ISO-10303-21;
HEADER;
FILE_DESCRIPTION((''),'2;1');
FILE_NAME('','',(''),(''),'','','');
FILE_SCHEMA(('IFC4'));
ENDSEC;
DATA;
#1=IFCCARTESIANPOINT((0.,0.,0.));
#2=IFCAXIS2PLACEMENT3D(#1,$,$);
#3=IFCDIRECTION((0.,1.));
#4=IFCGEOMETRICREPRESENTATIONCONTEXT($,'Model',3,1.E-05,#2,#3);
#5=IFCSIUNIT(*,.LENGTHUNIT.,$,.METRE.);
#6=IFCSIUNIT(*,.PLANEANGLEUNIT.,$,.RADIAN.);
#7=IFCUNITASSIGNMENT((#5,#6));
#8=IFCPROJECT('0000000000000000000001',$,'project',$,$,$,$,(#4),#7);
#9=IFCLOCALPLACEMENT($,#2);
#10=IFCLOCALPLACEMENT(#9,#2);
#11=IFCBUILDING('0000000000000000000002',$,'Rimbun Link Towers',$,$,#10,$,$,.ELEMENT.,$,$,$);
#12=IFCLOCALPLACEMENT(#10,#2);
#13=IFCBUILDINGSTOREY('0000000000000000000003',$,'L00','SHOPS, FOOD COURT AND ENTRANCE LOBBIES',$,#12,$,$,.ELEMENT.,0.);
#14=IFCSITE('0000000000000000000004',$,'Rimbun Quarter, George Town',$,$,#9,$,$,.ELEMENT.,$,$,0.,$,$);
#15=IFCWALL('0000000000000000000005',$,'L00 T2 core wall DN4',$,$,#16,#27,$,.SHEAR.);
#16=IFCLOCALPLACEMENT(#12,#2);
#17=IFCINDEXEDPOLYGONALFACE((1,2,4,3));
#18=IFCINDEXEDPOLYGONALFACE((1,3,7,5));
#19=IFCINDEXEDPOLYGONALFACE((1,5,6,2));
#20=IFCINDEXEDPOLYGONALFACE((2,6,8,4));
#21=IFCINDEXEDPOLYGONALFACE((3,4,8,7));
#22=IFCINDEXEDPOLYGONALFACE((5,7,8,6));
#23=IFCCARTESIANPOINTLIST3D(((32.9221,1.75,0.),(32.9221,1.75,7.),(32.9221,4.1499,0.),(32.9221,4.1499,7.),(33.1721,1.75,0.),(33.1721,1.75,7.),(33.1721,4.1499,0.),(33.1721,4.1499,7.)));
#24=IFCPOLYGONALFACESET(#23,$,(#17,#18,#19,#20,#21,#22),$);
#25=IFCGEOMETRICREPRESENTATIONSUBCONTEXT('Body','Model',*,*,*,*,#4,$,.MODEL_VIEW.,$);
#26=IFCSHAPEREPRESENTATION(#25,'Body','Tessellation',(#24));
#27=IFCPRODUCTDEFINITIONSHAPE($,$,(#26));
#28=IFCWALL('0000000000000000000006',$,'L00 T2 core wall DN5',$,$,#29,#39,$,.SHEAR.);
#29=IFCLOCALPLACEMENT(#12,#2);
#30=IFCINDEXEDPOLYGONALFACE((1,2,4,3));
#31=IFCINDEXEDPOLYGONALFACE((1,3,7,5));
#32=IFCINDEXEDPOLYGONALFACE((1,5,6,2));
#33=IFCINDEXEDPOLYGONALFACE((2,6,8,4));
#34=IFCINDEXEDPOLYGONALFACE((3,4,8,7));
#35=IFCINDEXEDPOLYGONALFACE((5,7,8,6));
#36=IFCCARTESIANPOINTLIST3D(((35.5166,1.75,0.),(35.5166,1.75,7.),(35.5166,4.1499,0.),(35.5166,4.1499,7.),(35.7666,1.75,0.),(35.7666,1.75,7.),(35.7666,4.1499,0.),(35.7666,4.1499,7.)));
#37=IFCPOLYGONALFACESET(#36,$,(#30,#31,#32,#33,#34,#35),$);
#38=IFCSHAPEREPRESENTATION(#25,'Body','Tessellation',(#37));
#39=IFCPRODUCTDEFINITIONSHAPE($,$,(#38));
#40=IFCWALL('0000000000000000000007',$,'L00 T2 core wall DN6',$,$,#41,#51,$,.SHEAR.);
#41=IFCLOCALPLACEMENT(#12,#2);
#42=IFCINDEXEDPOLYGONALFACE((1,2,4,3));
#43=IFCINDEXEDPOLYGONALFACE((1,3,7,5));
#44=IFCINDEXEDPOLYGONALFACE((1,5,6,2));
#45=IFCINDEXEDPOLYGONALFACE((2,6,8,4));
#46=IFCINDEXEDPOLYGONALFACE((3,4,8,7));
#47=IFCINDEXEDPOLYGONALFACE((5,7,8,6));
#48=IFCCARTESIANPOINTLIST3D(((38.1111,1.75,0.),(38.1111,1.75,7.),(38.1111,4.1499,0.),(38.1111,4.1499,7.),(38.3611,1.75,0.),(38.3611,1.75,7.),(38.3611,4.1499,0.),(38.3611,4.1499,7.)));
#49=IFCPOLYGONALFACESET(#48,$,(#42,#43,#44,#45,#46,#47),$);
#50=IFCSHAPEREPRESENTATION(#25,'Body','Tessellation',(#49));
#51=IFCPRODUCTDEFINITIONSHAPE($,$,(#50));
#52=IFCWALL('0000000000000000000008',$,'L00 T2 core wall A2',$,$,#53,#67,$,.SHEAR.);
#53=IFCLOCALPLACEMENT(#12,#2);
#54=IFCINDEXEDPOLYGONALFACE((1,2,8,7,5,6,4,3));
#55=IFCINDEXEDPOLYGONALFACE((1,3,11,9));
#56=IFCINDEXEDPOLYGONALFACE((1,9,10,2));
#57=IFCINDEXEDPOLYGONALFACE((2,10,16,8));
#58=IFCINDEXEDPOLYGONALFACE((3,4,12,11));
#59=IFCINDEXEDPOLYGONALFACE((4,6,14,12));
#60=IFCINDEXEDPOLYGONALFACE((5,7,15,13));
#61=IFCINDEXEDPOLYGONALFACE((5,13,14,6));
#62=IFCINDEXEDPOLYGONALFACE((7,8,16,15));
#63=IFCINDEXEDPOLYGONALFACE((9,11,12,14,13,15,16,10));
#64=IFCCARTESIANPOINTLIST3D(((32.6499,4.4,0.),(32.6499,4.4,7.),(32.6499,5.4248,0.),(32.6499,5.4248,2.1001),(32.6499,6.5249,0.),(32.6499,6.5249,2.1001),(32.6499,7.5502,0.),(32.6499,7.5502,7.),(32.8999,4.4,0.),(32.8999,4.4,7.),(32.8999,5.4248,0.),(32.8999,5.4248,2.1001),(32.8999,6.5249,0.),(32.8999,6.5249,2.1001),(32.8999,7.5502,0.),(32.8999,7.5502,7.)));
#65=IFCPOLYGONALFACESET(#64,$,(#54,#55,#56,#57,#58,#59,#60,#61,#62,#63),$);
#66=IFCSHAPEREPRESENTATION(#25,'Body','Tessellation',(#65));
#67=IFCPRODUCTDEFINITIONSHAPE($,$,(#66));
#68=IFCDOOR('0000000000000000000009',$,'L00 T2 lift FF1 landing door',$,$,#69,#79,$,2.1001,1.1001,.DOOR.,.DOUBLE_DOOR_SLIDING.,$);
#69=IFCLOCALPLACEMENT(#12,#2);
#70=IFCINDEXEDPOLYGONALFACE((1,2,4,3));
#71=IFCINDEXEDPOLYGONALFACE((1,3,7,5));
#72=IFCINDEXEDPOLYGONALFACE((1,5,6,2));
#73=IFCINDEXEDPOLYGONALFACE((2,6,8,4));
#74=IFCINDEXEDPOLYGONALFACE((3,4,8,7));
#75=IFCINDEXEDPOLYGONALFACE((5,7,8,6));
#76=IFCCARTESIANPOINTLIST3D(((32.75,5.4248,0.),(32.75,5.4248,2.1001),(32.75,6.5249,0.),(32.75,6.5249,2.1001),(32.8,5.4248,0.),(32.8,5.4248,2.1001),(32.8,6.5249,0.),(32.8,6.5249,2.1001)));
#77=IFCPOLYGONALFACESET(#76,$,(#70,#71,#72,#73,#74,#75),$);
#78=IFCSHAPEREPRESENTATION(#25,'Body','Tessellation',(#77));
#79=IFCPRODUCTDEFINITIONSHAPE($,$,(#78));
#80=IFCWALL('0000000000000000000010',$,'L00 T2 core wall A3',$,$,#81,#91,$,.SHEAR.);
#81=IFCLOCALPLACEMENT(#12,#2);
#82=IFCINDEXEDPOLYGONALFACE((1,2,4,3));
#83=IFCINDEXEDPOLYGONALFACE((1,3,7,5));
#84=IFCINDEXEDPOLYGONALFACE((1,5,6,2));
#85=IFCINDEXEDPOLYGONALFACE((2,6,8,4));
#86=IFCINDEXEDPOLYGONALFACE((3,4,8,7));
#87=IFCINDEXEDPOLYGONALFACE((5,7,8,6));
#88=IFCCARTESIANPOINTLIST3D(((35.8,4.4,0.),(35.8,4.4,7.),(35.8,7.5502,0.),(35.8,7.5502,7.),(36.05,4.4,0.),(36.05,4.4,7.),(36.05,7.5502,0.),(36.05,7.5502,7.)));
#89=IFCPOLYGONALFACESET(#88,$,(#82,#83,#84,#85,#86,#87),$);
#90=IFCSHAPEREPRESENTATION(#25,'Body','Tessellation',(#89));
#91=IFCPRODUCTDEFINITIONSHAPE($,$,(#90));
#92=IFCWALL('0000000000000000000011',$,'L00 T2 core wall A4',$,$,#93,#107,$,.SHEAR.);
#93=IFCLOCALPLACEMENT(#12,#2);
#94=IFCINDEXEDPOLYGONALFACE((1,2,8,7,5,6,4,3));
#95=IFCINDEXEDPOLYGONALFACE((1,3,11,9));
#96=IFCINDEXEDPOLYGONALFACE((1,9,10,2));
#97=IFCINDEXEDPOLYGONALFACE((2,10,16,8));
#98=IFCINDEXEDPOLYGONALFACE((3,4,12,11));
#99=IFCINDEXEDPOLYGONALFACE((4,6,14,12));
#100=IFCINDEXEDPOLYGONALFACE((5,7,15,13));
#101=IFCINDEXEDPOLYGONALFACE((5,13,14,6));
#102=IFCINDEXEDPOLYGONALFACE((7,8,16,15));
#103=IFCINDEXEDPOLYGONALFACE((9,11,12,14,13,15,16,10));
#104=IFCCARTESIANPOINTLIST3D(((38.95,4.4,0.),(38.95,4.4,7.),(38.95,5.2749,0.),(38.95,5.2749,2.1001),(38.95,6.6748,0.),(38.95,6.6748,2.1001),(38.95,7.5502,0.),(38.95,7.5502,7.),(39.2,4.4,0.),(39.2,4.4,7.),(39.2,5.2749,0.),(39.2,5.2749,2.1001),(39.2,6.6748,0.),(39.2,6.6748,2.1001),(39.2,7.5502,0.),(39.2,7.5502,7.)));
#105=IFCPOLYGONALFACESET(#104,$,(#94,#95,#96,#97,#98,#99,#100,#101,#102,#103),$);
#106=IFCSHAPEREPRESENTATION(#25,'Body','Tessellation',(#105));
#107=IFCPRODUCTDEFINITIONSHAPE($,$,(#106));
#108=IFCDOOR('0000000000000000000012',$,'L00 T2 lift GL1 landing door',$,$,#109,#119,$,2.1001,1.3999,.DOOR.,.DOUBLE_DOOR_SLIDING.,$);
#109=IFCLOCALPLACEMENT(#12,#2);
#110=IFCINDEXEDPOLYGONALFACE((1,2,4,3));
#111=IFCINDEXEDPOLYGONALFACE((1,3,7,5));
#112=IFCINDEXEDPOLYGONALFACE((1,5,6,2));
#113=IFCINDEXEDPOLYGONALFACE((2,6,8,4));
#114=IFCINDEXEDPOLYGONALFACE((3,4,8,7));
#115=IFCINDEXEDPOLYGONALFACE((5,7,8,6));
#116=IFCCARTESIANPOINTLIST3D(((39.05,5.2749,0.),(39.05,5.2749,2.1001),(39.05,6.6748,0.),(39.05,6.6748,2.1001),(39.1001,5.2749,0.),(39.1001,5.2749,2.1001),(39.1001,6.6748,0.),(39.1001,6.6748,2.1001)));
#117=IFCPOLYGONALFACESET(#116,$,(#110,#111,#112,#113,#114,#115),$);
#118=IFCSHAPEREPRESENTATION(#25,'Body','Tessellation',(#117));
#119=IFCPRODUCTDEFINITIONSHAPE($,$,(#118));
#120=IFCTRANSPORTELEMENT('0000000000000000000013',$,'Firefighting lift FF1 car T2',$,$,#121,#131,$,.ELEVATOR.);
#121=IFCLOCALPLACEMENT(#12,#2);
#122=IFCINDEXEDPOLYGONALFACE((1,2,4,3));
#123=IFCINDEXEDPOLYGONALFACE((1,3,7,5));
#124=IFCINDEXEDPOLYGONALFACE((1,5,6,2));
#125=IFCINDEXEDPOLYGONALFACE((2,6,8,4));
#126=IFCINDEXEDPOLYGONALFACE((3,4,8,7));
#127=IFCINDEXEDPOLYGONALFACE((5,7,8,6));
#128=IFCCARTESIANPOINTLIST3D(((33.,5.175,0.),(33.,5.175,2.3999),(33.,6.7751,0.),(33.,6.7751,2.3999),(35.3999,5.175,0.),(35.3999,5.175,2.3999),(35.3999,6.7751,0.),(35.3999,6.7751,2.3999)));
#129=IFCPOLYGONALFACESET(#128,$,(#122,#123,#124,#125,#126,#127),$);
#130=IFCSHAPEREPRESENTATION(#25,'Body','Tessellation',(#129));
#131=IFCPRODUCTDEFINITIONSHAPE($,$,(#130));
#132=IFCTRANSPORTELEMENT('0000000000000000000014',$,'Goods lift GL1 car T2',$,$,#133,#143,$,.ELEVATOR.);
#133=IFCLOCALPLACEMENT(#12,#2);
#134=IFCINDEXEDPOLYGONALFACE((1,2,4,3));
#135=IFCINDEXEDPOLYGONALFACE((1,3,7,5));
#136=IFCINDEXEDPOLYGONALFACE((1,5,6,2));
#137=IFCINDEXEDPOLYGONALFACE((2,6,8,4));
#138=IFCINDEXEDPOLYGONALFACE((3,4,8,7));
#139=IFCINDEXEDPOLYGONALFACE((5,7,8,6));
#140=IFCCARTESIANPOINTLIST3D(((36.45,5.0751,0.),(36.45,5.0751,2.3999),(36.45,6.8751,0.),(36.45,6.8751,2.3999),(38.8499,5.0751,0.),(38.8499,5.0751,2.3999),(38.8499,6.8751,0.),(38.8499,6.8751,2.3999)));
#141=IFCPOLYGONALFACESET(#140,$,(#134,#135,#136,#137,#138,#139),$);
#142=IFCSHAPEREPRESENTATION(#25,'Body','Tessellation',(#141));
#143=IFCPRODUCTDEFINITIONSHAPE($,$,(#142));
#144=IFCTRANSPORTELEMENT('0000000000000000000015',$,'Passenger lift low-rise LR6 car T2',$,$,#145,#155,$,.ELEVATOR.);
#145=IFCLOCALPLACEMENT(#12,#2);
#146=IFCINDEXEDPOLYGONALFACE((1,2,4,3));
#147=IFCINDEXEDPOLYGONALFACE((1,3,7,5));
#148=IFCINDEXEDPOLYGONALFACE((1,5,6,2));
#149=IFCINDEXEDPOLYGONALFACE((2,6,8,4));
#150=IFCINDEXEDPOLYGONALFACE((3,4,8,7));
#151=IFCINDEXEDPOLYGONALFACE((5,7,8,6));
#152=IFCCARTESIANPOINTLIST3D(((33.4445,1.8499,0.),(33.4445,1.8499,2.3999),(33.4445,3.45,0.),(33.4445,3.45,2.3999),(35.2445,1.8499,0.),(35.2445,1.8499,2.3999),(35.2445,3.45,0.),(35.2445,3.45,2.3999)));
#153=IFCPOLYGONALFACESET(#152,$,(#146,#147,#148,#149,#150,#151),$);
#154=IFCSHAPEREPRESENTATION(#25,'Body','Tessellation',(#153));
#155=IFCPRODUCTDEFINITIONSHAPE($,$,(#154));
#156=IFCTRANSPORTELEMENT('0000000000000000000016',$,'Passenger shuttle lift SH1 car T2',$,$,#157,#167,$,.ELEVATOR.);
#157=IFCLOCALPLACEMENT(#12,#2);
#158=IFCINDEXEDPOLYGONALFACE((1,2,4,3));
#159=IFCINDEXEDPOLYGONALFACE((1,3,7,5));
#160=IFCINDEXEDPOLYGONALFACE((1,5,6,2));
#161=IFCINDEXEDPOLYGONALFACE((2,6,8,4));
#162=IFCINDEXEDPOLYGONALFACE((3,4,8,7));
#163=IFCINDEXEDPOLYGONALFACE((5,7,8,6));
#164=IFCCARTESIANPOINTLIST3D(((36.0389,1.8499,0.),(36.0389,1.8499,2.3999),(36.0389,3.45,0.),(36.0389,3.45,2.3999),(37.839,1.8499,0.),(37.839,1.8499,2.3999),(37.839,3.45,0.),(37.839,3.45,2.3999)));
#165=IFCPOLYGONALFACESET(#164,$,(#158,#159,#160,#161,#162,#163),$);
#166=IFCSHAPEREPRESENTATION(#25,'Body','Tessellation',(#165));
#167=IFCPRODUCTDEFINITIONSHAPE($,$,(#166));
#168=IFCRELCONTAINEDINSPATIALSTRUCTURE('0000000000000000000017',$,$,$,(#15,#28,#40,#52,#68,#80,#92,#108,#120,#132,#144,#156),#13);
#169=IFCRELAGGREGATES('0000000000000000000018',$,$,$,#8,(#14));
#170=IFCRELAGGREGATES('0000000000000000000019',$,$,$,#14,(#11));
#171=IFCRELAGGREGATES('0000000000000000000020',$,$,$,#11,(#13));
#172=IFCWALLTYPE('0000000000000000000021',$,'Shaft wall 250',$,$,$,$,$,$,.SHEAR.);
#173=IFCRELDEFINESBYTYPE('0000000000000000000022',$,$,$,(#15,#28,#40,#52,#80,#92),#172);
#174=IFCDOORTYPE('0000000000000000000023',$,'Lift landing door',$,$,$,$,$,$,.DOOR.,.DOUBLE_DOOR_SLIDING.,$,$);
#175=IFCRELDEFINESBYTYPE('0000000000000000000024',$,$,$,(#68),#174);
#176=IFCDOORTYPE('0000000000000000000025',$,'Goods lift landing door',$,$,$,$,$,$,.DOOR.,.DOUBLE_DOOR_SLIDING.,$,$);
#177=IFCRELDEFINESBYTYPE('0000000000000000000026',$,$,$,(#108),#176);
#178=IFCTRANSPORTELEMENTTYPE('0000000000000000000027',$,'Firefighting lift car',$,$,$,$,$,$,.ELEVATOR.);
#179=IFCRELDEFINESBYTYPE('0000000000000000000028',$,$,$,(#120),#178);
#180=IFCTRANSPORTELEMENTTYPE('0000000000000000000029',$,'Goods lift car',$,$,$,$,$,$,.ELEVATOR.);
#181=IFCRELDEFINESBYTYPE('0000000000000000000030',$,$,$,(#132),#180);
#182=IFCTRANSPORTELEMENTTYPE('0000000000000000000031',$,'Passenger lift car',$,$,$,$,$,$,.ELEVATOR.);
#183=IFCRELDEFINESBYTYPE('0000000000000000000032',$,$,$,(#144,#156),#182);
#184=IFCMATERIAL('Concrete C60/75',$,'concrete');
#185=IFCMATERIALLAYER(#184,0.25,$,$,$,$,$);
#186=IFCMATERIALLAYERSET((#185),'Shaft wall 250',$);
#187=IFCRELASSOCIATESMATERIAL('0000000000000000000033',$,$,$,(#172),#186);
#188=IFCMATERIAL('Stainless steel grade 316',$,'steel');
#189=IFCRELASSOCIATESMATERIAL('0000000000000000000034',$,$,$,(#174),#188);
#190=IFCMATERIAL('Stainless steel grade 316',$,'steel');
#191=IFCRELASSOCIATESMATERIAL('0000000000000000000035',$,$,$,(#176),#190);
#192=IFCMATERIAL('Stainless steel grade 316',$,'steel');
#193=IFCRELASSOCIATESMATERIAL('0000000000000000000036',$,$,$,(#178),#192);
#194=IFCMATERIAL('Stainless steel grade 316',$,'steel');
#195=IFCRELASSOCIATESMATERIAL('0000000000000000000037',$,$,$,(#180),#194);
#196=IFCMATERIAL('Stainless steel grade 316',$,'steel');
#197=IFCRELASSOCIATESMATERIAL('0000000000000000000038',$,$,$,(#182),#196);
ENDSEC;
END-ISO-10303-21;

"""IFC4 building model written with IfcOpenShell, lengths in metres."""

from ifc_helpers import new_model, si_unit, direction, frame, frame_2d, origin, origin_2d, place, context, subcontext, project, spatial, rectangle, extrude, material, layer, layer_set, type_object, element, fill, save


model = new_model("IFC4")

# Units and contexts
model_context = context("Model", 3, precision=1e-05, world=origin(), true_north=direction((0.0, 1.0)))
body_context = subcontext(model_context, "Body", "Model", "MODEL_VIEW")
ifc_project = project(units=[si_unit("LENGTHUNIT", "METRE"), si_unit("PLANEANGLEUNIT", "RADIAN")], contexts=[model_context])

# Site, building, storey
site_placement = place(None, origin())
site = spatial("IfcSite", under=ifc_project, at=site_placement, Name="Rimbun Quarter, George Town", CompositionType="ELEMENT", RefElevation=0.0)
building_placement = place(site_placement, origin())
building = spatial("IfcBuilding", under=site, at=building_placement, Name="Rimbun Link Towers", CompositionType="ELEMENT")
storey_placement = place(building_placement, origin())
storey = spatial("IfcBuildingStorey", under=building, at=storey_placement, Name="L00", Description="SHOPS, FOOD COURT AND ENTRANCE LOBBIES", CompositionType="ELEMENT", Elevation=0.0)

# Walls
ifc_material_1 = material(Name="Concrete C60/75", Category="concrete")
ifc_layer_1 = layer(ifc_material_1, 0.25)
ifc_layer_set_1 = layer_set([ifc_layer_1], Name="Shaft wall 250")
wall_type_1 = type_object("IfcWallType", Name="Shaft wall 250", PredefinedType="SHEAR", material=ifc_layer_set_1)
for number, where, z_axis, x_axis, name in (
    (1, (33.0471, 1.75, 0.0), (0.0, 0.0, 1.0), (0.0, 1.0, 0.0), "L00 T2 core wall DN4"),
    (2, (35.6416, 1.75, 0.0), (0.0, 0.0, 1.0), (0.0, 1.0, 0.0), "L00 T2 core wall DN5"),
    (3, (38.2361, 1.75, 0.0), (0.0, 0.0, 1.0), (0.0, 1.0, 0.0), "L00 T2 core wall DN6"),
):
    element("IfcWall", number, at=place(storey_placement, frame(where, z_axis=z_axis, x_axis=x_axis)), inside=storey, type_object=wall_type_1, Name=name, PredefinedType="SHEAR", context=body_context, shape_type="SweptSolid", body=[
        extrude(rectangle(XDim=2.3999, YDim=0.25, at=frame_2d((1.2, 0.0))), origin(), (0.0, 0.0, 1.0), 7.0),
    ])

# Wall, opening, door
wall_1_placement = place(storey_placement, frame((32.7749, 4.3999, 0.0), z_axis=(0.0, 0.0, 1.0), x_axis=(0.0, 1.0, 0.0)))
wall_1 = element("IfcWall", 4, at=wall_1_placement, inside=storey, type_object=wall_type_1, Name="L00 T2 core wall A2", PredefinedType="SHEAR", context=body_context, shape_type="SweptSolid", body=[
    extrude(rectangle(XDim=3.1501, YDim=0.25, at=frame_2d((1.5752, 0.0))), origin(), (0.0, 0.0, 1.0), 7.0),
])
opening_1_placement = place(wall_1_placement, frame((1.0249, 0.0, 0.0)))
opening_1 = element("IfcOpeningElement", 5, at=opening_1_placement, cuts=wall_1, PredefinedType="OPENING", context=body_context, shape_type="SweptSolid", body=[
    extrude(rectangle(XDim=1.1001, YDim=2.1001, at=frame_2d((0.55, 1.05))), frame((0.0, 0.135, 0.0), z_axis=(0.0, -1.0, 0.0), x_axis=(1.0, 0.0, 0.0)), (0.0, 0.0, 1.0), 0.27),
])
ifc_material_2 = material(Name="Stainless steel grade 316", Category="steel")
door_type_1 = type_object("IfcDoorType", Name="Lift landing door", OperationType="DOUBLE_DOOR_SLIDING", PredefinedType="DOOR", material=ifc_material_2)
door_1_placement = place(opening_1_placement, origin())
door_1 = element("IfcDoor", 6, at=door_1_placement, inside=storey, type_object=door_type_1, Name="L00 T2 lift FF1 landing door", OperationType="DOUBLE_DOOR_SLIDING", OverallHeight=2.1001, OverallWidth=1.1001, PredefinedType="DOOR", context=body_context, shape_type="SweptSolid", body=[
    extrude(rectangle(XDim=1.1001, YDim=2.1001, at=frame_2d((0.55, 1.05))), frame((0.0, 0.0249, 0.0), z_axis=(0.0, -1.0, 0.0), x_axis=(1.0, 0.0, 0.0)), (0.0, 0.0, 1.0), 0.05),
])
fill(opening_1, door_1)

# Wall
wall_2_placement = place(storey_placement, frame((35.925, 4.3999, 0.0), z_axis=(0.0, 0.0, 1.0), x_axis=(0.0, 1.0, 0.0)))
element("IfcWall", 7, at=wall_2_placement, inside=storey, type_object=wall_type_1, Name="L00 T2 core wall A3", PredefinedType="SHEAR", context=body_context, shape_type="SweptSolid", body=[
    extrude(rectangle(XDim=3.1501, YDim=0.25, at=frame_2d((1.5752, 0.0))), origin(), (0.0, 0.0, 1.0), 7.0),
])

# Wall, opening, door
wall_3_placement = place(storey_placement, frame((39.075, 4.3999, 0.0), z_axis=(0.0, 0.0, 1.0), x_axis=(0.0, 1.0, 0.0)))
wall_3 = element("IfcWall", 8, at=wall_3_placement, inside=storey, type_object=wall_type_1, Name="L00 T2 core wall A4", PredefinedType="SHEAR", context=body_context, shape_type="SweptSolid", body=[
    extrude(rectangle(XDim=3.1501, YDim=0.25, at=frame_2d((1.5752, 0.0))), origin(), (0.0, 0.0, 1.0), 7.0),
])
opening_2_placement = place(wall_3_placement, frame((0.875, 0.0, 0.0)))
opening_2 = element("IfcOpeningElement", 9, at=opening_2_placement, cuts=wall_3, PredefinedType="OPENING", context=body_context, shape_type="SweptSolid", body=[
    extrude(rectangle(XDim=1.3999, YDim=2.1001, at=frame_2d((0.7, 1.05))), frame((0.0, 0.135, 0.0), z_axis=(0.0, -1.0, 0.0), x_axis=(1.0, 0.0, 0.0)), (0.0, 0.0, 1.0), 0.27),
])
ifc_material_3 = material(Name="Stainless steel grade 316", Category="steel")
door_type_2 = type_object("IfcDoorType", Name="Goods lift landing door", OperationType="DOUBLE_DOOR_SLIDING", PredefinedType="DOOR", material=ifc_material_3)
door_2_placement = place(opening_2_placement, origin())
door_2 = element("IfcDoor", 10, at=door_2_placement, inside=storey, type_object=door_type_2, Name="L00 T2 lift GL1 landing door", OperationType="DOUBLE_DOOR_SLIDING", OverallHeight=2.1001, OverallWidth=1.3999, PredefinedType="DOOR", context=body_context, shape_type="SweptSolid", body=[
    extrude(rectangle(XDim=1.3999, YDim=2.1001, at=frame_2d((0.7, 1.05))), frame((0.0, 0.0249, 0.0), z_axis=(0.0, -1.0, 0.0), x_axis=(1.0, 0.0, 0.0)), (0.0, 0.0, 1.0), 0.05),
])
fill(opening_2, door_2)

# Transport elements
ifc_material_4 = material(Name="Stainless steel grade 316", Category="steel")
transport_element_type_1 = type_object("IfcTransportElementType", Name="Firefighting lift car", PredefinedType="ELEVATOR", material=ifc_material_4)
transport_element_1_placement = place(storey_placement, frame((34.2, 5.9751, 0.0), z_axis=(0.0, 0.0, 1.0), x_axis=(1.0, 0.0, 0.0)))
element("IfcTransportElement", 11, at=transport_element_1_placement, inside=storey, type_object=transport_element_type_1, Name="Firefighting lift FF1 car T2", PredefinedType="ELEVATOR", context=body_context, shape_type="SweptSolid", body=[
    extrude(rectangle(XDim=2.3999, YDim=1.6001, at=origin_2d()), origin(), (0.0, 0.0, 1.0), 2.3999),
])
ifc_material_5 = material(Name="Stainless steel grade 316", Category="steel")
transport_element_type_2 = type_object("IfcTransportElementType", Name="Goods lift car", PredefinedType="ELEVATOR", material=ifc_material_5)
transport_element_2_placement = place(storey_placement, frame((37.6499, 5.9751, 0.0), z_axis=(0.0, 0.0, 1.0), x_axis=(1.0, 0.0, 0.0)))
element("IfcTransportElement", 12, at=transport_element_2_placement, inside=storey, type_object=transport_element_type_2, Name="Goods lift GL1 car T2", PredefinedType="ELEVATOR", context=body_context, shape_type="SweptSolid", body=[
    extrude(rectangle(XDim=2.3999, YDim=1.8, at=origin_2d()), origin(), (0.0, 0.0, 1.0), 2.3999),
])
ifc_material_6 = material(Name="Stainless steel grade 316", Category="steel")
transport_element_type_3 = type_object("IfcTransportElementType", Name="Passenger lift car", PredefinedType="ELEVATOR", material=ifc_material_6)
for number, where, z_axis, x_axis, name in (
    (13, (34.3445, 2.6499, 0.0), (0.0, 0.0, 1.0), (1.0, 0.0, 0.0), "Passenger lift low-rise LR6 car T2"),
    (14, (36.939, 2.6499, 0.0), (0.0, 0.0, 1.0), (1.0, 0.0, 0.0), "Passenger shuttle lift SH1 car T2"),
):
    element("IfcTransportElement", number, at=place(storey_placement, frame(where, z_axis=z_axis, x_axis=x_axis)), inside=storey, type_object=transport_element_type_3, Name=name, PredefinedType="ELEVATOR", context=body_context, shape_type="SweptSolid", body=[
        extrude(rectangle(XDim=1.8, YDim=1.6001, at=origin_2d()), origin(), (0.0, 0.0, 1.0), 2.3999),
    ])

save(model, "model.ifc")
